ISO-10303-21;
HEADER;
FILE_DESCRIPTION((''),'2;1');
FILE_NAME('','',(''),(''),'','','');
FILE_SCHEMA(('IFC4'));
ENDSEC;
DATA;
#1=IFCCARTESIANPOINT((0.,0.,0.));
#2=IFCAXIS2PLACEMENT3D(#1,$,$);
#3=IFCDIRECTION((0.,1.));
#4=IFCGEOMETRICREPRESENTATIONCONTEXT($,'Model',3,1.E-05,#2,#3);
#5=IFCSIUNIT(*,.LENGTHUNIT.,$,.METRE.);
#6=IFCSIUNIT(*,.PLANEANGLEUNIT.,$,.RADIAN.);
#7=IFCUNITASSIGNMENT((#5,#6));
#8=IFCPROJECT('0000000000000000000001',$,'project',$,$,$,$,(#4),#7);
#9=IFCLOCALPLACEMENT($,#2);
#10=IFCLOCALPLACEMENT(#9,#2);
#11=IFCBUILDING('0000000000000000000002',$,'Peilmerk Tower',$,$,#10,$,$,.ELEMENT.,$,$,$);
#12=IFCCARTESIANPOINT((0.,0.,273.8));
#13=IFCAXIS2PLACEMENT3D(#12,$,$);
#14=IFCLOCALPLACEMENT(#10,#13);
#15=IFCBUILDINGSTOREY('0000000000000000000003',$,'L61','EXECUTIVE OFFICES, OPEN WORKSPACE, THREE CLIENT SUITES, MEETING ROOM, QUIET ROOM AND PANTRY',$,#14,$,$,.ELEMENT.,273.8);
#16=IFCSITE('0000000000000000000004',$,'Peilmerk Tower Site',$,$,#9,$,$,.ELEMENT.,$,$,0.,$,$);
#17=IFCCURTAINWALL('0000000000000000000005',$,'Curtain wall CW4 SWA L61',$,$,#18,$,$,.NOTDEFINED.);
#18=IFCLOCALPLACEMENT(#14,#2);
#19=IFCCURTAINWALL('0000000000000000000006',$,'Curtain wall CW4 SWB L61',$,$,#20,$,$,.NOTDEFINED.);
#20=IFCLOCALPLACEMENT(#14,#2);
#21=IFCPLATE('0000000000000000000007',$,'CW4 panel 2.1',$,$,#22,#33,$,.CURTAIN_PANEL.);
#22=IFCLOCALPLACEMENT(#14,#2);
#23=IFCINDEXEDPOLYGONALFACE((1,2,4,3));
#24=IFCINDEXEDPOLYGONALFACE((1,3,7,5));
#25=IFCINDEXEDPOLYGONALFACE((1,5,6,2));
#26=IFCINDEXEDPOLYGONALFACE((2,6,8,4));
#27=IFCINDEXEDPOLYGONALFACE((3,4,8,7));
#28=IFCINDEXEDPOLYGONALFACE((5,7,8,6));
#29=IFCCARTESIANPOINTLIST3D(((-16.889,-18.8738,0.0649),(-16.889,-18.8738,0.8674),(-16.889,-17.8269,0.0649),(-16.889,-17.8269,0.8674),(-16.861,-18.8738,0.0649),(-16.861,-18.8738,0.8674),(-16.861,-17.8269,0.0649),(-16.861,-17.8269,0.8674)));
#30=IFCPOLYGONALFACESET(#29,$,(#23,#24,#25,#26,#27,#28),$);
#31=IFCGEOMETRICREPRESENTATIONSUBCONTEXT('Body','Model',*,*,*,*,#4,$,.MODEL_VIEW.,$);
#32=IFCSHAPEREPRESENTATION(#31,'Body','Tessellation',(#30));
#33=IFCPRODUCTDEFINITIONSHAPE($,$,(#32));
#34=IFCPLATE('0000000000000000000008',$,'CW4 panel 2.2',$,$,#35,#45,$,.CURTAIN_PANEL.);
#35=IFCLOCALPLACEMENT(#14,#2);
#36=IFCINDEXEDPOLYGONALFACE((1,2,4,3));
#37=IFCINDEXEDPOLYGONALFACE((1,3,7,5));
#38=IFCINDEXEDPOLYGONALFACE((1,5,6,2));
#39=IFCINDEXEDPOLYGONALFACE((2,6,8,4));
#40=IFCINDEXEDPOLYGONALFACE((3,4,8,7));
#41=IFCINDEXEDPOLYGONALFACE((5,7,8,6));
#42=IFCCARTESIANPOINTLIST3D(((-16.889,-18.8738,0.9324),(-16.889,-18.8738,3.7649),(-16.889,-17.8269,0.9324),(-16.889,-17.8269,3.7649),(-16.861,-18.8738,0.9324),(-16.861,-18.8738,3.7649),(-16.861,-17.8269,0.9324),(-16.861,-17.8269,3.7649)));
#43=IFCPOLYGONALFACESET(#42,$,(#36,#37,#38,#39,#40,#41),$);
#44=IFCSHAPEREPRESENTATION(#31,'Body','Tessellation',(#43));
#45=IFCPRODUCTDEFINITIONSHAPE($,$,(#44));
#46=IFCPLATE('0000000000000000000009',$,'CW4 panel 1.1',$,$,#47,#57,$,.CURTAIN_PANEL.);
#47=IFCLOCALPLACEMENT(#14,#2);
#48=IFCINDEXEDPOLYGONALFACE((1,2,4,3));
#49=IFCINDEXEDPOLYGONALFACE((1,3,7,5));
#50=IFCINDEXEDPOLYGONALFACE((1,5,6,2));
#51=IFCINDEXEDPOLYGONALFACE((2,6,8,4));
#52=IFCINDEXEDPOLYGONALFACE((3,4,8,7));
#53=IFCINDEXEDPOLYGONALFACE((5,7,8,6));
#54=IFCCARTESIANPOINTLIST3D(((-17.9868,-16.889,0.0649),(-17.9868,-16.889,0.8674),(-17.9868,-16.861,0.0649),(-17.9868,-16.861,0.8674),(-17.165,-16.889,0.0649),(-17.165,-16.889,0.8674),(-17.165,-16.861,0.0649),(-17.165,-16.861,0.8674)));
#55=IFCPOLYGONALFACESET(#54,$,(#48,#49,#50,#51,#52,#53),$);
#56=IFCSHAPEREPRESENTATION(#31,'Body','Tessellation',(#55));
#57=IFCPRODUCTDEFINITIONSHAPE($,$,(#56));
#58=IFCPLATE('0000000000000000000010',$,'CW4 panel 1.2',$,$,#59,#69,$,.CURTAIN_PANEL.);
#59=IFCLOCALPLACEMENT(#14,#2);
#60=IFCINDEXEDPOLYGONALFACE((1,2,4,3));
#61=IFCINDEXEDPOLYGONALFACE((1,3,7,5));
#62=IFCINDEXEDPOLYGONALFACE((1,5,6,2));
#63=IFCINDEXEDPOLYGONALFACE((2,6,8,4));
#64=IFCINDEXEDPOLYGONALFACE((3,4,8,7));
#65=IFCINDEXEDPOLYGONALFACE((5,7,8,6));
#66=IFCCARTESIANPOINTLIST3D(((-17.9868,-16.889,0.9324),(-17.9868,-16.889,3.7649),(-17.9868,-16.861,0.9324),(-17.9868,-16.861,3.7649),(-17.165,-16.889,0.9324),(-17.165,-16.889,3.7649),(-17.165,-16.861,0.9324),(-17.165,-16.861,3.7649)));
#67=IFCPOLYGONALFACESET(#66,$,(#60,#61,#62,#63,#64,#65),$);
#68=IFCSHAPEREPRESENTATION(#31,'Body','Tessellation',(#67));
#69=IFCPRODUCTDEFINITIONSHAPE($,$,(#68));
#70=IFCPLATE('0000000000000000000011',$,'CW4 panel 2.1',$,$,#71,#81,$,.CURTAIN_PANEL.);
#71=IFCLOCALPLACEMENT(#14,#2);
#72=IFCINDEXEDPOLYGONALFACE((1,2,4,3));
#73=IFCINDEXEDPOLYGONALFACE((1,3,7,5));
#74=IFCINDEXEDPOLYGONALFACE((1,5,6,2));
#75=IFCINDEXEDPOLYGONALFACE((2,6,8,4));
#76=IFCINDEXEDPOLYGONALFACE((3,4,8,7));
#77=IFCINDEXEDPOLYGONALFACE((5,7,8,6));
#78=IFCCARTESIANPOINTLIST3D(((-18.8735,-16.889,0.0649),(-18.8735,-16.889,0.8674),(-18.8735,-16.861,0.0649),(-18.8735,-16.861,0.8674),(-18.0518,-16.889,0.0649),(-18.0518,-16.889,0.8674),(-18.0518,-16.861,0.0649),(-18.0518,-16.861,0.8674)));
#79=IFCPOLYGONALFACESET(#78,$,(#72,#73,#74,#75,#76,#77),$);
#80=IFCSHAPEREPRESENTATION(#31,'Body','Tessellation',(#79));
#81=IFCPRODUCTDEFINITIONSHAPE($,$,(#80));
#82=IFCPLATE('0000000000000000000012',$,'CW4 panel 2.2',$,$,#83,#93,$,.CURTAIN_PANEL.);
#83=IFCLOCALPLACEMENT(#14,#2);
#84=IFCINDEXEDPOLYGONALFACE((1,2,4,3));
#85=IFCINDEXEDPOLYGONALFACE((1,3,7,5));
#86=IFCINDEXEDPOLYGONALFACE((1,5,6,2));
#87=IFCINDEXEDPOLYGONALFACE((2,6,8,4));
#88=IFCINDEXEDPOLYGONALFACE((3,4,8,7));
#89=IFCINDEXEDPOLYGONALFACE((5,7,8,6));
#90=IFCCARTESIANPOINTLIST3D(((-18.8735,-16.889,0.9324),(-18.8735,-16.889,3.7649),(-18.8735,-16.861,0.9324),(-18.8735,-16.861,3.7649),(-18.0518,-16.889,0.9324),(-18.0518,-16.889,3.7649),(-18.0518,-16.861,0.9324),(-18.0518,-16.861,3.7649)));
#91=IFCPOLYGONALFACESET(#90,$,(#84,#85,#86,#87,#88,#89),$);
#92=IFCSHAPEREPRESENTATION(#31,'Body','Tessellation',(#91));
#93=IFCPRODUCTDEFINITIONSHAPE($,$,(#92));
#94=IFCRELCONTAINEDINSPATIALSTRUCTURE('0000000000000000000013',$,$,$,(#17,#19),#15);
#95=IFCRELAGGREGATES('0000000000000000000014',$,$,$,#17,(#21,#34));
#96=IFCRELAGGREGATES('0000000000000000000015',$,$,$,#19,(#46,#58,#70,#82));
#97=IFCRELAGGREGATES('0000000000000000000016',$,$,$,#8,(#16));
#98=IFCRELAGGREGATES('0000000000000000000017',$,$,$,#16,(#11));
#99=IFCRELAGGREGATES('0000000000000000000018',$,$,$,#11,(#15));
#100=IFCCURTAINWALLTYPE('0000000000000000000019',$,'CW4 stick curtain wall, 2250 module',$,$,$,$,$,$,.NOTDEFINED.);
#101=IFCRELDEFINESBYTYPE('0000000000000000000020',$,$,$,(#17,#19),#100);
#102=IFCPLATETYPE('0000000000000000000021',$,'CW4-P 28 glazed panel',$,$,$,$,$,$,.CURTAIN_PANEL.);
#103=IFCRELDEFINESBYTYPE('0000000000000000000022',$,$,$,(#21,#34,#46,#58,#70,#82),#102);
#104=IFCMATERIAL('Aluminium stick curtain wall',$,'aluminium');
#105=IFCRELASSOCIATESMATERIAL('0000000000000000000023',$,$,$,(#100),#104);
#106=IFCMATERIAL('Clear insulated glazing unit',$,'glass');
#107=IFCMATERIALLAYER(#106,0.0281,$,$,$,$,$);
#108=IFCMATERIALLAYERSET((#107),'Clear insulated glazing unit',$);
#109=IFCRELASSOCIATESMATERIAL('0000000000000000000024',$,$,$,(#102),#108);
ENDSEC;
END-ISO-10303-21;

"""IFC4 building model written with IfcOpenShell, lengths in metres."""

from ifc_helpers import new_model, si_unit, direction, frame, origin, origin_2d, place, context, subcontext, project, spatial, rectangle, extrude, material, layer, layer_set, type_object, element, aggregate, save


model = new_model("IFC4")

# Units and contexts
model_context = context("Model", 3, precision=1e-05, world=origin(), true_north=direction((0.0, 1.0)))
body_context = subcontext(model_context, "Body", "Model", "MODEL_VIEW")
ifc_project = project(units=[si_unit("LENGTHUNIT", "METRE"), si_unit("PLANEANGLEUNIT", "RADIAN")], contexts=[model_context])

# Site, building, storey
site_placement = place(None, origin())
site = spatial("IfcSite", under=ifc_project, at=site_placement, Name="Peilmerk Tower Site", CompositionType="ELEMENT", RefElevation=0.0)
building_placement = place(site_placement, origin())
building = spatial("IfcBuilding", under=site, at=building_placement, Name="Peilmerk Tower", CompositionType="ELEMENT")
storey_placement = place(building_placement, frame((0.0, 0.0, 273.8)))
storey = spatial("IfcBuildingStorey", under=building, at=storey_placement, Name="L61", Description="EXECUTIVE OFFICES, OPEN WORKSPACE, THREE CLIENT SUITES, MEETING ROOM, QUIET ROOM AND PANTRY", CompositionType="ELEMENT", Elevation=273.8)

# Curtain wall
ifc_material_1 = material(Name="Aluminium stick curtain wall", Category="aluminium")
curtain_wall_type = type_object("IfcCurtainWallType", Name="CW4 stick curtain wall, 2250 module", PredefinedType="NOTDEFINED", material=ifc_material_1)
curtain_wall_1_placement = place(storey_placement, origin())
curtain_wall_1 = element("IfcCurtainWall", 1, at=curtain_wall_1_placement, inside=storey, type_object=curtain_wall_type, Name="Curtain wall CW4 SWA L61", PredefinedType="NOTDEFINED")

# Curtain wall
curtain_wall_2_placement = place(storey_placement, origin())
curtain_wall_2 = element("IfcCurtainWall", 2, at=curtain_wall_2_placement, inside=storey, type_object=curtain_wall_type, Name="Curtain wall CW4 SWB L61", PredefinedType="NOTDEFINED")

# Plates
ifc_material_2 = material(Name="Clear insulated glazing unit", Category="glass")
ifc_layer_1 = layer(ifc_material_2, 0.0281)
ifc_layer_set_1 = layer_set([ifc_layer_1], Name="Clear insulated glazing unit")
plate_type = type_object("IfcPlateType", Name="CW4-P 28 glazed panel", PredefinedType="CURTAIN_PANEL", material=ifc_layer_set_1)
plate_1_placement = place(storey_placement, frame((-16.875, -18.3503, 0.0649), z_axis=(0.0, 0.0, 1.0), x_axis=(0.0, -1.0, 0.0)))
plate_1 = element("IfcPlate", 3, at=plate_1_placement, type_object=plate_type, Name="CW4 panel 2.1", PredefinedType="CURTAIN_PANEL", context=body_context, shape_type="SweptSolid", body=[
    extrude(rectangle(XDim=1.0469, YDim=0.0281, at=origin_2d()), origin(), (0.0, 0.0, 1.0), 0.8025),
])
plate_2_placement = place(storey_placement, frame((-16.875, -18.3503, 0.9324), z_axis=(0.0, 0.0, 1.0), x_axis=(0.0, -1.0, 0.0)))
plate_2 = element("IfcPlate", 4, at=plate_2_placement, type_object=plate_type, Name="CW4 panel 2.2", PredefinedType="CURTAIN_PANEL", context=body_context, shape_type="SweptSolid", body=[
    extrude(rectangle(XDim=1.0469, YDim=0.0281, at=origin_2d()), origin(), (0.0, 0.0, 1.0), 2.8325),
])
aggregate(curtain_wall_1, [plate_1, plate_2])
plate_3_placement = place(storey_placement, frame((-17.5759, -16.875, 0.0649), z_axis=(0.0, 0.0, 1.0), x_axis=(-1.0, 0.0, 0.0)))
plate_3 = element("IfcPlate", 5, at=plate_3_placement, type_object=plate_type, Name="CW4 panel 1.1", PredefinedType="CURTAIN_PANEL", context=body_context, shape_type="SweptSolid", body=[
    extrude(rectangle(XDim=0.8218, YDim=0.0281, at=origin_2d()), origin(), (0.0, 0.0, 1.0), 0.8025),
])
plate_4_placement = place(storey_placement, frame((-17.5759, -16.875, 0.9324), z_axis=(0.0, 0.0, 1.0), x_axis=(-1.0, 0.0, 0.0)))
plate_4 = element("IfcPlate", 6, at=plate_4_placement, type_object=plate_type, Name="CW4 panel 1.2", PredefinedType="CURTAIN_PANEL", context=body_context, shape_type="SweptSolid", body=[
    extrude(rectangle(XDim=0.8218, YDim=0.0281, at=origin_2d()), origin(), (0.0, 0.0, 1.0), 2.8325),
])
plate_5_placement = place(storey_placement, frame((-18.4626, -16.875, 0.0649), z_axis=(0.0, 0.0, 1.0), x_axis=(-1.0, 0.0, 0.0)))
plate_5 = element("IfcPlate", 7, at=plate_5_placement, type_object=plate_type, Name="CW4 panel 2.1", PredefinedType="CURTAIN_PANEL", context=body_context, shape_type="SweptSolid", body=[
    extrude(rectangle(XDim=0.8218, YDim=0.0281, at=origin_2d()), origin(), (0.0, 0.0, 1.0), 0.8025),
])
plate_6_placement = place(storey_placement, frame((-18.4626, -16.875, 0.9324), z_axis=(0.0, 0.0, 1.0), x_axis=(-1.0, 0.0, 0.0)))
plate_6 = element("IfcPlate", 8, at=plate_6_placement, type_object=plate_type, Name="CW4 panel 2.2", PredefinedType="CURTAIN_PANEL", context=body_context, shape_type="SweptSolid", body=[
    extrude(rectangle(XDim=0.8218, YDim=0.0281, at=origin_2d()), origin(), (0.0, 0.0, 1.0), 2.8325),
])
aggregate(curtain_wall_2, [plate_3, plate_4, plate_5, plate_6])

save(model, "model.ifc")
